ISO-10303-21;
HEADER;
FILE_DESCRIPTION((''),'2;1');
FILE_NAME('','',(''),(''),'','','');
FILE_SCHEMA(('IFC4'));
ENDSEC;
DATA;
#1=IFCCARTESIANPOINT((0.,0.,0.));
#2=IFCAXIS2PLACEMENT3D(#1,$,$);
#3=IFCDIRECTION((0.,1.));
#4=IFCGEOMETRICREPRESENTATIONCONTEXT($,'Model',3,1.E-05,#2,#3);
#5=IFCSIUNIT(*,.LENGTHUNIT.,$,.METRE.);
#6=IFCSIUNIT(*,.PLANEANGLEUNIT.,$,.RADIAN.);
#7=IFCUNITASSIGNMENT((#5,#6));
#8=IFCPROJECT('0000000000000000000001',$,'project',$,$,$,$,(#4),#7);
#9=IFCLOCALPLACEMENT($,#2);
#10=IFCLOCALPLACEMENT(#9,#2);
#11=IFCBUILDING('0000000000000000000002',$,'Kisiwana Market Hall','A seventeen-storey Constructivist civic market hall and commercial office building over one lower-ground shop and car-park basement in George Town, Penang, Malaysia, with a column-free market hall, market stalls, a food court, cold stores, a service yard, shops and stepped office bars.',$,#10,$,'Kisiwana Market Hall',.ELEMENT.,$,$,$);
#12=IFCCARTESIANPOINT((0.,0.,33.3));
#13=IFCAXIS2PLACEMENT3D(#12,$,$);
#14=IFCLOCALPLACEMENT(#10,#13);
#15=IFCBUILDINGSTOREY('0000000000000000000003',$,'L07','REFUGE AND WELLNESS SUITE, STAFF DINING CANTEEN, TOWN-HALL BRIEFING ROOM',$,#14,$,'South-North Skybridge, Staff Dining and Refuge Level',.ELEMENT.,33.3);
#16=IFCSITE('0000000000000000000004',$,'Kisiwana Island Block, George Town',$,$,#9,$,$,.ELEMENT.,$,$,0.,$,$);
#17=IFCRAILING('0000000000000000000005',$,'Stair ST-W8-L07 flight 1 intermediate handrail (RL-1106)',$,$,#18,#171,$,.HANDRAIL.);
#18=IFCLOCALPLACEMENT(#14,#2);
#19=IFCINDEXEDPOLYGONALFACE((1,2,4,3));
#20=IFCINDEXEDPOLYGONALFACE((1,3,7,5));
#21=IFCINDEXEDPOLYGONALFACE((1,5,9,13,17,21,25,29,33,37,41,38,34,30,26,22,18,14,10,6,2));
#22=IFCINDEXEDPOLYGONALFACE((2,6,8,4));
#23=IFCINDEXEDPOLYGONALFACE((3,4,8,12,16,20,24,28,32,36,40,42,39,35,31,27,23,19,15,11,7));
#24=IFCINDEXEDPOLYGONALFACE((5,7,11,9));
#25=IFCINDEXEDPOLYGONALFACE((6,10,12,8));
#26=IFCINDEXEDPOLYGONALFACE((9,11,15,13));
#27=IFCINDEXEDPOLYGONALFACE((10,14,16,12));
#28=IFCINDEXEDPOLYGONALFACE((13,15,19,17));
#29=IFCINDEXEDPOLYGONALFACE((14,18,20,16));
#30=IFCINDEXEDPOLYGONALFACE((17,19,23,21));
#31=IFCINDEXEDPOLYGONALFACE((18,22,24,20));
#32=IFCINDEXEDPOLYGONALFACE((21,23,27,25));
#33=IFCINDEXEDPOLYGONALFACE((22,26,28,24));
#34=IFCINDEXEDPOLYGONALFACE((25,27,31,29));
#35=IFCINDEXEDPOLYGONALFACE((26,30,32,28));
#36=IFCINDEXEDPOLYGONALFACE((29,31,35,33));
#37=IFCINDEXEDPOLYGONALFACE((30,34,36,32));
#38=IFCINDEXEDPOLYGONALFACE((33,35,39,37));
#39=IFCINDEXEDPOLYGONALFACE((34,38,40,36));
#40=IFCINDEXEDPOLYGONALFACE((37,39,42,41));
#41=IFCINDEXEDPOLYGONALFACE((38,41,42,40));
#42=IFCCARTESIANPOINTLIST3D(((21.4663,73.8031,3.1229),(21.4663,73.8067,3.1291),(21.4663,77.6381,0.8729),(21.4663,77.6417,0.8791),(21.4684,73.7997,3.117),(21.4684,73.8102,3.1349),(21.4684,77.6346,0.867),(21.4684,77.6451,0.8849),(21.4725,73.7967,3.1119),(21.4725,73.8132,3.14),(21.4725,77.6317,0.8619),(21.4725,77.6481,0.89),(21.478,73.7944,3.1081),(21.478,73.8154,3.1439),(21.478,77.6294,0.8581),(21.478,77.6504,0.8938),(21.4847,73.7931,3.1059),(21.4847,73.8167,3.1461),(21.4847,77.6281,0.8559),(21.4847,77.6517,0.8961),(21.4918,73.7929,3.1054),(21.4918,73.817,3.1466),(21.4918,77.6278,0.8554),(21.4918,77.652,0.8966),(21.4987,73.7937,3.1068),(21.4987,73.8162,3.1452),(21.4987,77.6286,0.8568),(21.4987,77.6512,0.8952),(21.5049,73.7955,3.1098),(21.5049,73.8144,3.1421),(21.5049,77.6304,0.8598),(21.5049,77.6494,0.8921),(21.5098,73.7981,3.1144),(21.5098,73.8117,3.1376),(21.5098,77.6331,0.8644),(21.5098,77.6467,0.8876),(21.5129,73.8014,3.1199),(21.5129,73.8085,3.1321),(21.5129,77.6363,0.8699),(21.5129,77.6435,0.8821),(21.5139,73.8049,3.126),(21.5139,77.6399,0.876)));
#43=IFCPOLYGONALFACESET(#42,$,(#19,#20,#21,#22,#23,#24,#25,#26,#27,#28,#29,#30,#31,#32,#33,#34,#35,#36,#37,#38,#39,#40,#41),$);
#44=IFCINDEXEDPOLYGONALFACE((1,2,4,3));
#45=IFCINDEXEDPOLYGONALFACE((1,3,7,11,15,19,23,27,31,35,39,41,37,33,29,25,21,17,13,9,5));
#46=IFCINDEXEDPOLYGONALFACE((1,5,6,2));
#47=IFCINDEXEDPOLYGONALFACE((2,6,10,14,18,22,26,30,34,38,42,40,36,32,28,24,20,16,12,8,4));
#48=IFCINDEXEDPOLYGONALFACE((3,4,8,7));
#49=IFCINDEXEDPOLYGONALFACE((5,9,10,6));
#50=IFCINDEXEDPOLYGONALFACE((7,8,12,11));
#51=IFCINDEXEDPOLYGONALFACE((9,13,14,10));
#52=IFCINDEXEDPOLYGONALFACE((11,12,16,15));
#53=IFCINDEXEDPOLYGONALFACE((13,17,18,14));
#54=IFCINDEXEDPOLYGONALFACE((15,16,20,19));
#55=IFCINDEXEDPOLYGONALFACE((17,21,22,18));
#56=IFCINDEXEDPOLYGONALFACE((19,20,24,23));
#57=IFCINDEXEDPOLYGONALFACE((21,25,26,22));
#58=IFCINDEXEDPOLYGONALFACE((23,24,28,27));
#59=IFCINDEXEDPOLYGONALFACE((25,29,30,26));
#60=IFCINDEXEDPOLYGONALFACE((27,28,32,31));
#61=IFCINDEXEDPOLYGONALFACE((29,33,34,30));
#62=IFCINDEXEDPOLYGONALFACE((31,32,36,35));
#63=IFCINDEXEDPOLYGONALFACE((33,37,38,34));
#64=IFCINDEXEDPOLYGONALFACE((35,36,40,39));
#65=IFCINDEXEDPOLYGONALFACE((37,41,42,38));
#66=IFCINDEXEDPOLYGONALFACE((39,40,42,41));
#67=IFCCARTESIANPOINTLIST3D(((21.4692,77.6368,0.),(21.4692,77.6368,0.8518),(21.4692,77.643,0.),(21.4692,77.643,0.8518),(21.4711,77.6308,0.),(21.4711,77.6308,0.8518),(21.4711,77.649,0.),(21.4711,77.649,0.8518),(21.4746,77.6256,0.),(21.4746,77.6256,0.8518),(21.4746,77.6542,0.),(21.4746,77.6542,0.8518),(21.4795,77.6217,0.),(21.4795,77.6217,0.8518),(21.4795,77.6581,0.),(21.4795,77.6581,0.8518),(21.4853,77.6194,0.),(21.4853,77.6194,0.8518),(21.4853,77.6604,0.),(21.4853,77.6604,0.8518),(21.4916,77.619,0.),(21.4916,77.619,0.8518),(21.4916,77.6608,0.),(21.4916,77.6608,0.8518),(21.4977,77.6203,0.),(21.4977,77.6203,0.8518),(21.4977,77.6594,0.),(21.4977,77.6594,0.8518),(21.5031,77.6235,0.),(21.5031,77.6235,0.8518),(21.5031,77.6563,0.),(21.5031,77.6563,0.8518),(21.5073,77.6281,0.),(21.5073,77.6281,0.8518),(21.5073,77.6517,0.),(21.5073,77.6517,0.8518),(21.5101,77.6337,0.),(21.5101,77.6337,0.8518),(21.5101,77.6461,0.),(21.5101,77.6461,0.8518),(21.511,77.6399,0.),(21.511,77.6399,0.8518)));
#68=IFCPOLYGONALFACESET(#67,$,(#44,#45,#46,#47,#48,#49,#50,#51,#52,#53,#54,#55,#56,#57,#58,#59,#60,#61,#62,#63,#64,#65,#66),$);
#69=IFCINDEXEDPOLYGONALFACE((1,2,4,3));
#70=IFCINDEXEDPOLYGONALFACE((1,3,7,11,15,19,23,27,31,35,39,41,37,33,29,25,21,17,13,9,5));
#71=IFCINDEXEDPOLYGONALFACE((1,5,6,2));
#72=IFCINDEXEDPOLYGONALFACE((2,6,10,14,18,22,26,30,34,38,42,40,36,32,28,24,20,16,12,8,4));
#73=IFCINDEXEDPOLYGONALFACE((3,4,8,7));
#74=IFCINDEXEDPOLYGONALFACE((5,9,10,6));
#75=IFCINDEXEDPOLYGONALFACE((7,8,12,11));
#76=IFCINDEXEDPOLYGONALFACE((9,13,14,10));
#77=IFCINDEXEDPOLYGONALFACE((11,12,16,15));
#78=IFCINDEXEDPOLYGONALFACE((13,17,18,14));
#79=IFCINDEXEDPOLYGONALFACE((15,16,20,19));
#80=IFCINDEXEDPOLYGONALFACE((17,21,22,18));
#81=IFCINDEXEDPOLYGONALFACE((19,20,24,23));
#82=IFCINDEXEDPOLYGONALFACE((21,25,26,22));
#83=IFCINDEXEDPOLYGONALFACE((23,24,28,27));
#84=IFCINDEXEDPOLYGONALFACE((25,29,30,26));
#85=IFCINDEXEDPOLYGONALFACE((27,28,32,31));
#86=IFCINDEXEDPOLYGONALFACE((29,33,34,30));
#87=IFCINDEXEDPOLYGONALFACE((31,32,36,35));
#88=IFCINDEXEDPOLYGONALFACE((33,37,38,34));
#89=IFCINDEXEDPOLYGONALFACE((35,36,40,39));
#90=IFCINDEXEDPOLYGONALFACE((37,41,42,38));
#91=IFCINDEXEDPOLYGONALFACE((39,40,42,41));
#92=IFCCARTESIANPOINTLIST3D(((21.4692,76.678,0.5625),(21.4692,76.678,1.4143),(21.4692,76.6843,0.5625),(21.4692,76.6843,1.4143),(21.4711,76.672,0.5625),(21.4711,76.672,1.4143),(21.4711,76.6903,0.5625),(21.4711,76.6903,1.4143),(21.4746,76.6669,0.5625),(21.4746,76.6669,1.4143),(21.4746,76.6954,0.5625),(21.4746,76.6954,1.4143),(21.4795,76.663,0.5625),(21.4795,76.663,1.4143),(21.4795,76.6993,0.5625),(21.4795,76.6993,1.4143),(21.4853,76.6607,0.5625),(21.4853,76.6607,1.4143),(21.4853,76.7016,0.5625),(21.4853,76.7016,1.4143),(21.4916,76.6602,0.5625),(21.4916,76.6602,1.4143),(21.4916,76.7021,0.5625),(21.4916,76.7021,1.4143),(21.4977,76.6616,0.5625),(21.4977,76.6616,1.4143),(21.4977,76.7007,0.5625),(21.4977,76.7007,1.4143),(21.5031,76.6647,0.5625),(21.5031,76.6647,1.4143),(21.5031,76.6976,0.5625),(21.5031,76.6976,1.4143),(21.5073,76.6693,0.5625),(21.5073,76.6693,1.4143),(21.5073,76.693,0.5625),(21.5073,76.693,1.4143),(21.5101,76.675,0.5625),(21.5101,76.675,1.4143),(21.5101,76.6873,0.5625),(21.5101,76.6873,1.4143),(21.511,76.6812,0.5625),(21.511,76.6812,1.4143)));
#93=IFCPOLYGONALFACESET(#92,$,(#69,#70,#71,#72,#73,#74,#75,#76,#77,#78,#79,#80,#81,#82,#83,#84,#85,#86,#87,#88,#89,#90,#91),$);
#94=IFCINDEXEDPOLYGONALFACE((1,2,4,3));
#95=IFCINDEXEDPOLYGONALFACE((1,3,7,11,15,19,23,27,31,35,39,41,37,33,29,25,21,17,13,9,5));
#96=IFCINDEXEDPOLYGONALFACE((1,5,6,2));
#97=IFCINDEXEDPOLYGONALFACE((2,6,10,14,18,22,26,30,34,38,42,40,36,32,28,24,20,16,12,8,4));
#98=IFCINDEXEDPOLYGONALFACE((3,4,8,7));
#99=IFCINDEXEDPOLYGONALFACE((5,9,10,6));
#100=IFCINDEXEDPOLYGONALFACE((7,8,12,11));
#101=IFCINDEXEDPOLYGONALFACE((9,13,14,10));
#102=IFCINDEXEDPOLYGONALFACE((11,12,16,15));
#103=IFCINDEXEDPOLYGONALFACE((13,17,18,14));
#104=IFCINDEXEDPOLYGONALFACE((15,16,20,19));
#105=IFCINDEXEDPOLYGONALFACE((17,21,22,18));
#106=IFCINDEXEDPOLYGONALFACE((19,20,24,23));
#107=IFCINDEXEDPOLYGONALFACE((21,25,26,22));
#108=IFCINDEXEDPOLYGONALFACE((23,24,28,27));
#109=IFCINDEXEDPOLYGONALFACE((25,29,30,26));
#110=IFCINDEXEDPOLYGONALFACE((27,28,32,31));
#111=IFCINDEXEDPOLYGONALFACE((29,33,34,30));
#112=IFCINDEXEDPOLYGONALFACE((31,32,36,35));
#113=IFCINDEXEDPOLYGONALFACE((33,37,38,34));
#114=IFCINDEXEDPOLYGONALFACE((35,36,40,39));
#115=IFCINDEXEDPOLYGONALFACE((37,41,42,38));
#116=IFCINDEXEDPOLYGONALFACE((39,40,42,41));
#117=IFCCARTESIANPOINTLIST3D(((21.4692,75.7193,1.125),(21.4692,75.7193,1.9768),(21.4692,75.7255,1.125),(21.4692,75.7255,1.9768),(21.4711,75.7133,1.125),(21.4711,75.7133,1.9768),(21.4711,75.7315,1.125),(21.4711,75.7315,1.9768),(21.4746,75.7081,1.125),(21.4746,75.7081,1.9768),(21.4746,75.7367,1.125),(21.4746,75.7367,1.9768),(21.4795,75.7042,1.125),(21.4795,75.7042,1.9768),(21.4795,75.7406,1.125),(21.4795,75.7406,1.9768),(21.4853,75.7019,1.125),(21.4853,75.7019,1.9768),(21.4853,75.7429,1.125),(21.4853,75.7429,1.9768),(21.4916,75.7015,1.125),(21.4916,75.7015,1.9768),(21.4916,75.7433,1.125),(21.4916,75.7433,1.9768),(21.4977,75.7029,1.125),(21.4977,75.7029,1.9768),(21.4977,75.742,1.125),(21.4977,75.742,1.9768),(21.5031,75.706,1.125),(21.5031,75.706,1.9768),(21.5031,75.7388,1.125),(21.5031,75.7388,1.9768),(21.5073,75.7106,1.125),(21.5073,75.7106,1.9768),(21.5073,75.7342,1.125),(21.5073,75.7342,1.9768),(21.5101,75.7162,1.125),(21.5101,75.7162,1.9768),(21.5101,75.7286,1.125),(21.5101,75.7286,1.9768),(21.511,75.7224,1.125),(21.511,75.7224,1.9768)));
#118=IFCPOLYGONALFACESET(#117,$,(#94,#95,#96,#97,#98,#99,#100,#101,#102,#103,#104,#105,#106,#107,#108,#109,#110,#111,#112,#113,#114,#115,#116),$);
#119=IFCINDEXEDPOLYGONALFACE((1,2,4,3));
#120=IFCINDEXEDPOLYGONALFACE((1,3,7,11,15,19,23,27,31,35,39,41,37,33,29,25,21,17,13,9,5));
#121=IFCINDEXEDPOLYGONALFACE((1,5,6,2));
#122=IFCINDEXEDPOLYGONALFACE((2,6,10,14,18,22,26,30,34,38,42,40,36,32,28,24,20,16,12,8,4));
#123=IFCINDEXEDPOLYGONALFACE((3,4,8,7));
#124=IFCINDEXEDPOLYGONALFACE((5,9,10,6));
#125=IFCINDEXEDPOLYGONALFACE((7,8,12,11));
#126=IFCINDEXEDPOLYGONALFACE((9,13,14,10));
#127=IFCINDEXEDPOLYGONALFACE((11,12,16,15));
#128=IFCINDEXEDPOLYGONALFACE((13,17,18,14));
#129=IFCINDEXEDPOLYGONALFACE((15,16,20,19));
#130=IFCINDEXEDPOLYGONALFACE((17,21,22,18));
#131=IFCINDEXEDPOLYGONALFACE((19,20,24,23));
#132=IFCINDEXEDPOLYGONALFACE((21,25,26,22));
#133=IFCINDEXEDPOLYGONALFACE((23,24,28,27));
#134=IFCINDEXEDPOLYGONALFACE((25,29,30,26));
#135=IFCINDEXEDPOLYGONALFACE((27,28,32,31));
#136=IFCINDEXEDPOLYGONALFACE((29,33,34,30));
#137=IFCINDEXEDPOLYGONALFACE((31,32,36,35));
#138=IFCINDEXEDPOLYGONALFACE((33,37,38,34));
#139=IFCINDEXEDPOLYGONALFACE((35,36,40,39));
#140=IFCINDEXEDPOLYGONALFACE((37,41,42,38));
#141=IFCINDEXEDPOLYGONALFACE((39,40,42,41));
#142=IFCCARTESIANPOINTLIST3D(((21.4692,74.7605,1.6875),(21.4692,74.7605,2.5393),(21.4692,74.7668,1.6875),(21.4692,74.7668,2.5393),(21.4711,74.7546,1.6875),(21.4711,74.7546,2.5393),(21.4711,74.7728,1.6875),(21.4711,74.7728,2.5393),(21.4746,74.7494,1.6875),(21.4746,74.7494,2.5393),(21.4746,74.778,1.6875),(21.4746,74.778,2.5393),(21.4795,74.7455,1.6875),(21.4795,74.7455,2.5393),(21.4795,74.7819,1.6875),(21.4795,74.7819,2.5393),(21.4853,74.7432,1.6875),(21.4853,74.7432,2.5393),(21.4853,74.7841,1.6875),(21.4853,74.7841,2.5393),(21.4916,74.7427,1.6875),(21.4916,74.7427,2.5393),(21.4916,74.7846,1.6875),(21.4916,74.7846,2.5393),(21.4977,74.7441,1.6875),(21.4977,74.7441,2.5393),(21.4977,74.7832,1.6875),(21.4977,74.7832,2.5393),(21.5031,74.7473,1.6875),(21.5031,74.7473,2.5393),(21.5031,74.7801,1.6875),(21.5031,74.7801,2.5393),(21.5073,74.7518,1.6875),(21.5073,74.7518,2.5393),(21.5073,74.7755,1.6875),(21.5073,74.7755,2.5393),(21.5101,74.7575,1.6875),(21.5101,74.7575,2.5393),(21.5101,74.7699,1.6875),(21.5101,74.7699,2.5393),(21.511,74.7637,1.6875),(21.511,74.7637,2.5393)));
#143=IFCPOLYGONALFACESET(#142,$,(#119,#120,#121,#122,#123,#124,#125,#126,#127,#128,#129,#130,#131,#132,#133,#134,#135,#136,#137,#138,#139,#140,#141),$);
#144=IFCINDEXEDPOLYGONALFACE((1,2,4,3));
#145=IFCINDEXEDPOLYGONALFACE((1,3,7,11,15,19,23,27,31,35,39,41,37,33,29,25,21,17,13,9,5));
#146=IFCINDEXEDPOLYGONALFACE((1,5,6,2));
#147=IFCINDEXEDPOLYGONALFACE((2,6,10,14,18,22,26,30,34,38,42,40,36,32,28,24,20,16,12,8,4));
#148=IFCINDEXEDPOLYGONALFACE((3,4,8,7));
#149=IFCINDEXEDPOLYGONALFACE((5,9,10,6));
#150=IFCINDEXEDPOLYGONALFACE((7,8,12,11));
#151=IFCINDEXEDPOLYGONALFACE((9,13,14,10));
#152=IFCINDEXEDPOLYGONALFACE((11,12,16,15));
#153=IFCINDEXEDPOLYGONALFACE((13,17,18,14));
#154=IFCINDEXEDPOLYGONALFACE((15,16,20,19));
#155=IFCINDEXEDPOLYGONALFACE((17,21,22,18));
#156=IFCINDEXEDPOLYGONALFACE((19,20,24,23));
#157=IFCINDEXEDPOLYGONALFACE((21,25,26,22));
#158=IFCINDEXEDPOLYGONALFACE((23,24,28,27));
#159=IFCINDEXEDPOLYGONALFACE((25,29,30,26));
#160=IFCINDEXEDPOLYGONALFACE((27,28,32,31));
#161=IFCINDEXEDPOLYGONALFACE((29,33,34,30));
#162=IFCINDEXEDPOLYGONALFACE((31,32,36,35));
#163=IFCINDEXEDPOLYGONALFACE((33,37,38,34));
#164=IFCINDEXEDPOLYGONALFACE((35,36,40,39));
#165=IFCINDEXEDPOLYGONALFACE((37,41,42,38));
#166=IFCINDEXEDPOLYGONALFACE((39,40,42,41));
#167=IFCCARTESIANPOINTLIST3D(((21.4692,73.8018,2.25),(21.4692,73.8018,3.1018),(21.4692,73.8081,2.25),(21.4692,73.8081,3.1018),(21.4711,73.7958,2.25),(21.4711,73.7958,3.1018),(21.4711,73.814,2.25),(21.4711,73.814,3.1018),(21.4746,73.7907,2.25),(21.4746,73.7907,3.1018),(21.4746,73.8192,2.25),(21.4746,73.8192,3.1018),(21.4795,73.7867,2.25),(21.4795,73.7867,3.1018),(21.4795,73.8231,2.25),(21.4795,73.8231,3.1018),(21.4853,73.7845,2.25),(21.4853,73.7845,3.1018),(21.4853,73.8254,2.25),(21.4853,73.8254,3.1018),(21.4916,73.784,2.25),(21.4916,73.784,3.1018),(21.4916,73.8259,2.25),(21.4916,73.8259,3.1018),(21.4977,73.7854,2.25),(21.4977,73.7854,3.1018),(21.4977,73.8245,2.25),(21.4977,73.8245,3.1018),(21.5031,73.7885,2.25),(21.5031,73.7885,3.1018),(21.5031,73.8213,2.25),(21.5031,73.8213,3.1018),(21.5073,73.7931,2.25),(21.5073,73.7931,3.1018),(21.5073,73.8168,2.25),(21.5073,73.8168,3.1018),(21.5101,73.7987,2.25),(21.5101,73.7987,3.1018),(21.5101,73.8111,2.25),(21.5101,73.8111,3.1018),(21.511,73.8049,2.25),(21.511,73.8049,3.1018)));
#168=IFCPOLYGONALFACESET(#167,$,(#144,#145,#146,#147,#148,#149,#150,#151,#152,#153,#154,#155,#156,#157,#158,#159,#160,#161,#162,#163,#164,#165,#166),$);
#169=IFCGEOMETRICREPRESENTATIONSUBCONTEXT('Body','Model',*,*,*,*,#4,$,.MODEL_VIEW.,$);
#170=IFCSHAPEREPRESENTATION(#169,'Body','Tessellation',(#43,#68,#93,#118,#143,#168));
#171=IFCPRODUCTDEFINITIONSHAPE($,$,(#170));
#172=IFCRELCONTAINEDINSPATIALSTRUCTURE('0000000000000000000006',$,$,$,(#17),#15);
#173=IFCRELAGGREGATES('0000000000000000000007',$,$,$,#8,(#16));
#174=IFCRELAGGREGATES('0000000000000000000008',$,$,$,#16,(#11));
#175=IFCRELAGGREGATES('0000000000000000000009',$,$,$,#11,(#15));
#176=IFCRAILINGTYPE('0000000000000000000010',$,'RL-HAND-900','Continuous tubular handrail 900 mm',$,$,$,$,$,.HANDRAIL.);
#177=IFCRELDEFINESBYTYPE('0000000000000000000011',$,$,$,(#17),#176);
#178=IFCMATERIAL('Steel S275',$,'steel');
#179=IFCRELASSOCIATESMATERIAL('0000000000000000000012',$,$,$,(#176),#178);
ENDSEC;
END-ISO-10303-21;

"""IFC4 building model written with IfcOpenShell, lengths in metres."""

from ifc_helpers import new_model, si_unit, direction, frame, origin, origin_2d, place, context, subcontext, project, spatial, circle, extrude, material, type_object, element, save


model = new_model("IFC4")

# Units and contexts
model_context = context("Model", 3, precision=1e-05, world=origin(), true_north=direction((0.0, 1.0)))
body_context = subcontext(model_context, "Body", "Model", "MODEL_VIEW")
ifc_project = project(units=[si_unit("LENGTHUNIT", "METRE"), si_unit("PLANEANGLEUNIT", "RADIAN")], contexts=[model_context])

# Site, building, storey
site_placement = place(None, origin())
site = spatial("IfcSite", under=ifc_project, at=site_placement, Name="Kisiwana Island Block, George Town", CompositionType="ELEMENT", RefElevation=0.0)
building_placement = place(site_placement, origin())
building = spatial("IfcBuilding", under=site, at=building_placement, Name="Kisiwana Market Hall", Description="A seventeen-storey Constructivist civic market hall and commercial office building over one lower-ground shop and car-park basement in George Town, Penang, Malaysia, with a column-free market hall, market stalls, a food court, cold stores, a service yard, shops and stepped office bars.", LongName="Kisiwana Market Hall", CompositionType="ELEMENT")
storey_placement = place(building_placement, frame((0.0, 0.0, 33.3)))
storey = spatial("IfcBuildingStorey", under=building, at=storey_placement, Name="L07", Description="REFUGE AND WELLNESS SUITE, STAFF DINING CANTEEN, TOWN-HALL BRIEFING ROOM", LongName="South-North Skybridge, Staff Dining and Refuge Level", CompositionType="ELEMENT", Elevation=33.3)

# Railing
ifc_material_1 = material(Name="Steel S275", Category="steel")
railing_type_1 = type_object("IfcRailingType", Name="RL-HAND-900", Description="Continuous tubular handrail 900 mm", PredefinedType="HANDRAIL", material=ifc_material_1)
railing_1_placement = place(storey_placement, frame((21.49, 77.6399, 0.0)))
element("IfcRailing", 1, at=railing_1_placement, inside=storey, type_object=railing_type_1, Name="Stair ST-W8-L07 flight 1 intermediate handrail (RL-1106)", PredefinedType="HANDRAIL", context=body_context, shape_type="SweptSolid", body=[
    extrude(circle(Radius=0.0239, at=origin_2d()), frame((0.0, 0.0, 0.876), z_axis=(0.0, -0.86251, 0.506041), x_axis=(1.0, 0.0, 0.0)), (0.0, 0.0, 1.0), 4.4463),
    extrude(circle(Radius=0.021, at=origin_2d()), origin(), (0.0, 0.0, 1.0), 0.8518),
    extrude(circle(Radius=0.021, at=origin_2d()), frame((0.0, -0.9587, 0.5625)), (0.0, 0.0, 1.0), 0.8518),
    extrude(circle(Radius=0.021, at=origin_2d()), frame((0.0, -1.9175, 1.125)), (0.0, 0.0, 1.0), 0.8518),
    extrude(circle(Radius=0.021, at=origin_2d()), frame((0.0, -2.8762, 1.6875)), (0.0, 0.0, 1.0), 0.8518),
    extrude(circle(Radius=0.021, at=origin_2d()), frame((0.0, -3.835, 2.25)), (0.0, 0.0, 1.0), 0.8518),
])

save(model, "model.ifc")
